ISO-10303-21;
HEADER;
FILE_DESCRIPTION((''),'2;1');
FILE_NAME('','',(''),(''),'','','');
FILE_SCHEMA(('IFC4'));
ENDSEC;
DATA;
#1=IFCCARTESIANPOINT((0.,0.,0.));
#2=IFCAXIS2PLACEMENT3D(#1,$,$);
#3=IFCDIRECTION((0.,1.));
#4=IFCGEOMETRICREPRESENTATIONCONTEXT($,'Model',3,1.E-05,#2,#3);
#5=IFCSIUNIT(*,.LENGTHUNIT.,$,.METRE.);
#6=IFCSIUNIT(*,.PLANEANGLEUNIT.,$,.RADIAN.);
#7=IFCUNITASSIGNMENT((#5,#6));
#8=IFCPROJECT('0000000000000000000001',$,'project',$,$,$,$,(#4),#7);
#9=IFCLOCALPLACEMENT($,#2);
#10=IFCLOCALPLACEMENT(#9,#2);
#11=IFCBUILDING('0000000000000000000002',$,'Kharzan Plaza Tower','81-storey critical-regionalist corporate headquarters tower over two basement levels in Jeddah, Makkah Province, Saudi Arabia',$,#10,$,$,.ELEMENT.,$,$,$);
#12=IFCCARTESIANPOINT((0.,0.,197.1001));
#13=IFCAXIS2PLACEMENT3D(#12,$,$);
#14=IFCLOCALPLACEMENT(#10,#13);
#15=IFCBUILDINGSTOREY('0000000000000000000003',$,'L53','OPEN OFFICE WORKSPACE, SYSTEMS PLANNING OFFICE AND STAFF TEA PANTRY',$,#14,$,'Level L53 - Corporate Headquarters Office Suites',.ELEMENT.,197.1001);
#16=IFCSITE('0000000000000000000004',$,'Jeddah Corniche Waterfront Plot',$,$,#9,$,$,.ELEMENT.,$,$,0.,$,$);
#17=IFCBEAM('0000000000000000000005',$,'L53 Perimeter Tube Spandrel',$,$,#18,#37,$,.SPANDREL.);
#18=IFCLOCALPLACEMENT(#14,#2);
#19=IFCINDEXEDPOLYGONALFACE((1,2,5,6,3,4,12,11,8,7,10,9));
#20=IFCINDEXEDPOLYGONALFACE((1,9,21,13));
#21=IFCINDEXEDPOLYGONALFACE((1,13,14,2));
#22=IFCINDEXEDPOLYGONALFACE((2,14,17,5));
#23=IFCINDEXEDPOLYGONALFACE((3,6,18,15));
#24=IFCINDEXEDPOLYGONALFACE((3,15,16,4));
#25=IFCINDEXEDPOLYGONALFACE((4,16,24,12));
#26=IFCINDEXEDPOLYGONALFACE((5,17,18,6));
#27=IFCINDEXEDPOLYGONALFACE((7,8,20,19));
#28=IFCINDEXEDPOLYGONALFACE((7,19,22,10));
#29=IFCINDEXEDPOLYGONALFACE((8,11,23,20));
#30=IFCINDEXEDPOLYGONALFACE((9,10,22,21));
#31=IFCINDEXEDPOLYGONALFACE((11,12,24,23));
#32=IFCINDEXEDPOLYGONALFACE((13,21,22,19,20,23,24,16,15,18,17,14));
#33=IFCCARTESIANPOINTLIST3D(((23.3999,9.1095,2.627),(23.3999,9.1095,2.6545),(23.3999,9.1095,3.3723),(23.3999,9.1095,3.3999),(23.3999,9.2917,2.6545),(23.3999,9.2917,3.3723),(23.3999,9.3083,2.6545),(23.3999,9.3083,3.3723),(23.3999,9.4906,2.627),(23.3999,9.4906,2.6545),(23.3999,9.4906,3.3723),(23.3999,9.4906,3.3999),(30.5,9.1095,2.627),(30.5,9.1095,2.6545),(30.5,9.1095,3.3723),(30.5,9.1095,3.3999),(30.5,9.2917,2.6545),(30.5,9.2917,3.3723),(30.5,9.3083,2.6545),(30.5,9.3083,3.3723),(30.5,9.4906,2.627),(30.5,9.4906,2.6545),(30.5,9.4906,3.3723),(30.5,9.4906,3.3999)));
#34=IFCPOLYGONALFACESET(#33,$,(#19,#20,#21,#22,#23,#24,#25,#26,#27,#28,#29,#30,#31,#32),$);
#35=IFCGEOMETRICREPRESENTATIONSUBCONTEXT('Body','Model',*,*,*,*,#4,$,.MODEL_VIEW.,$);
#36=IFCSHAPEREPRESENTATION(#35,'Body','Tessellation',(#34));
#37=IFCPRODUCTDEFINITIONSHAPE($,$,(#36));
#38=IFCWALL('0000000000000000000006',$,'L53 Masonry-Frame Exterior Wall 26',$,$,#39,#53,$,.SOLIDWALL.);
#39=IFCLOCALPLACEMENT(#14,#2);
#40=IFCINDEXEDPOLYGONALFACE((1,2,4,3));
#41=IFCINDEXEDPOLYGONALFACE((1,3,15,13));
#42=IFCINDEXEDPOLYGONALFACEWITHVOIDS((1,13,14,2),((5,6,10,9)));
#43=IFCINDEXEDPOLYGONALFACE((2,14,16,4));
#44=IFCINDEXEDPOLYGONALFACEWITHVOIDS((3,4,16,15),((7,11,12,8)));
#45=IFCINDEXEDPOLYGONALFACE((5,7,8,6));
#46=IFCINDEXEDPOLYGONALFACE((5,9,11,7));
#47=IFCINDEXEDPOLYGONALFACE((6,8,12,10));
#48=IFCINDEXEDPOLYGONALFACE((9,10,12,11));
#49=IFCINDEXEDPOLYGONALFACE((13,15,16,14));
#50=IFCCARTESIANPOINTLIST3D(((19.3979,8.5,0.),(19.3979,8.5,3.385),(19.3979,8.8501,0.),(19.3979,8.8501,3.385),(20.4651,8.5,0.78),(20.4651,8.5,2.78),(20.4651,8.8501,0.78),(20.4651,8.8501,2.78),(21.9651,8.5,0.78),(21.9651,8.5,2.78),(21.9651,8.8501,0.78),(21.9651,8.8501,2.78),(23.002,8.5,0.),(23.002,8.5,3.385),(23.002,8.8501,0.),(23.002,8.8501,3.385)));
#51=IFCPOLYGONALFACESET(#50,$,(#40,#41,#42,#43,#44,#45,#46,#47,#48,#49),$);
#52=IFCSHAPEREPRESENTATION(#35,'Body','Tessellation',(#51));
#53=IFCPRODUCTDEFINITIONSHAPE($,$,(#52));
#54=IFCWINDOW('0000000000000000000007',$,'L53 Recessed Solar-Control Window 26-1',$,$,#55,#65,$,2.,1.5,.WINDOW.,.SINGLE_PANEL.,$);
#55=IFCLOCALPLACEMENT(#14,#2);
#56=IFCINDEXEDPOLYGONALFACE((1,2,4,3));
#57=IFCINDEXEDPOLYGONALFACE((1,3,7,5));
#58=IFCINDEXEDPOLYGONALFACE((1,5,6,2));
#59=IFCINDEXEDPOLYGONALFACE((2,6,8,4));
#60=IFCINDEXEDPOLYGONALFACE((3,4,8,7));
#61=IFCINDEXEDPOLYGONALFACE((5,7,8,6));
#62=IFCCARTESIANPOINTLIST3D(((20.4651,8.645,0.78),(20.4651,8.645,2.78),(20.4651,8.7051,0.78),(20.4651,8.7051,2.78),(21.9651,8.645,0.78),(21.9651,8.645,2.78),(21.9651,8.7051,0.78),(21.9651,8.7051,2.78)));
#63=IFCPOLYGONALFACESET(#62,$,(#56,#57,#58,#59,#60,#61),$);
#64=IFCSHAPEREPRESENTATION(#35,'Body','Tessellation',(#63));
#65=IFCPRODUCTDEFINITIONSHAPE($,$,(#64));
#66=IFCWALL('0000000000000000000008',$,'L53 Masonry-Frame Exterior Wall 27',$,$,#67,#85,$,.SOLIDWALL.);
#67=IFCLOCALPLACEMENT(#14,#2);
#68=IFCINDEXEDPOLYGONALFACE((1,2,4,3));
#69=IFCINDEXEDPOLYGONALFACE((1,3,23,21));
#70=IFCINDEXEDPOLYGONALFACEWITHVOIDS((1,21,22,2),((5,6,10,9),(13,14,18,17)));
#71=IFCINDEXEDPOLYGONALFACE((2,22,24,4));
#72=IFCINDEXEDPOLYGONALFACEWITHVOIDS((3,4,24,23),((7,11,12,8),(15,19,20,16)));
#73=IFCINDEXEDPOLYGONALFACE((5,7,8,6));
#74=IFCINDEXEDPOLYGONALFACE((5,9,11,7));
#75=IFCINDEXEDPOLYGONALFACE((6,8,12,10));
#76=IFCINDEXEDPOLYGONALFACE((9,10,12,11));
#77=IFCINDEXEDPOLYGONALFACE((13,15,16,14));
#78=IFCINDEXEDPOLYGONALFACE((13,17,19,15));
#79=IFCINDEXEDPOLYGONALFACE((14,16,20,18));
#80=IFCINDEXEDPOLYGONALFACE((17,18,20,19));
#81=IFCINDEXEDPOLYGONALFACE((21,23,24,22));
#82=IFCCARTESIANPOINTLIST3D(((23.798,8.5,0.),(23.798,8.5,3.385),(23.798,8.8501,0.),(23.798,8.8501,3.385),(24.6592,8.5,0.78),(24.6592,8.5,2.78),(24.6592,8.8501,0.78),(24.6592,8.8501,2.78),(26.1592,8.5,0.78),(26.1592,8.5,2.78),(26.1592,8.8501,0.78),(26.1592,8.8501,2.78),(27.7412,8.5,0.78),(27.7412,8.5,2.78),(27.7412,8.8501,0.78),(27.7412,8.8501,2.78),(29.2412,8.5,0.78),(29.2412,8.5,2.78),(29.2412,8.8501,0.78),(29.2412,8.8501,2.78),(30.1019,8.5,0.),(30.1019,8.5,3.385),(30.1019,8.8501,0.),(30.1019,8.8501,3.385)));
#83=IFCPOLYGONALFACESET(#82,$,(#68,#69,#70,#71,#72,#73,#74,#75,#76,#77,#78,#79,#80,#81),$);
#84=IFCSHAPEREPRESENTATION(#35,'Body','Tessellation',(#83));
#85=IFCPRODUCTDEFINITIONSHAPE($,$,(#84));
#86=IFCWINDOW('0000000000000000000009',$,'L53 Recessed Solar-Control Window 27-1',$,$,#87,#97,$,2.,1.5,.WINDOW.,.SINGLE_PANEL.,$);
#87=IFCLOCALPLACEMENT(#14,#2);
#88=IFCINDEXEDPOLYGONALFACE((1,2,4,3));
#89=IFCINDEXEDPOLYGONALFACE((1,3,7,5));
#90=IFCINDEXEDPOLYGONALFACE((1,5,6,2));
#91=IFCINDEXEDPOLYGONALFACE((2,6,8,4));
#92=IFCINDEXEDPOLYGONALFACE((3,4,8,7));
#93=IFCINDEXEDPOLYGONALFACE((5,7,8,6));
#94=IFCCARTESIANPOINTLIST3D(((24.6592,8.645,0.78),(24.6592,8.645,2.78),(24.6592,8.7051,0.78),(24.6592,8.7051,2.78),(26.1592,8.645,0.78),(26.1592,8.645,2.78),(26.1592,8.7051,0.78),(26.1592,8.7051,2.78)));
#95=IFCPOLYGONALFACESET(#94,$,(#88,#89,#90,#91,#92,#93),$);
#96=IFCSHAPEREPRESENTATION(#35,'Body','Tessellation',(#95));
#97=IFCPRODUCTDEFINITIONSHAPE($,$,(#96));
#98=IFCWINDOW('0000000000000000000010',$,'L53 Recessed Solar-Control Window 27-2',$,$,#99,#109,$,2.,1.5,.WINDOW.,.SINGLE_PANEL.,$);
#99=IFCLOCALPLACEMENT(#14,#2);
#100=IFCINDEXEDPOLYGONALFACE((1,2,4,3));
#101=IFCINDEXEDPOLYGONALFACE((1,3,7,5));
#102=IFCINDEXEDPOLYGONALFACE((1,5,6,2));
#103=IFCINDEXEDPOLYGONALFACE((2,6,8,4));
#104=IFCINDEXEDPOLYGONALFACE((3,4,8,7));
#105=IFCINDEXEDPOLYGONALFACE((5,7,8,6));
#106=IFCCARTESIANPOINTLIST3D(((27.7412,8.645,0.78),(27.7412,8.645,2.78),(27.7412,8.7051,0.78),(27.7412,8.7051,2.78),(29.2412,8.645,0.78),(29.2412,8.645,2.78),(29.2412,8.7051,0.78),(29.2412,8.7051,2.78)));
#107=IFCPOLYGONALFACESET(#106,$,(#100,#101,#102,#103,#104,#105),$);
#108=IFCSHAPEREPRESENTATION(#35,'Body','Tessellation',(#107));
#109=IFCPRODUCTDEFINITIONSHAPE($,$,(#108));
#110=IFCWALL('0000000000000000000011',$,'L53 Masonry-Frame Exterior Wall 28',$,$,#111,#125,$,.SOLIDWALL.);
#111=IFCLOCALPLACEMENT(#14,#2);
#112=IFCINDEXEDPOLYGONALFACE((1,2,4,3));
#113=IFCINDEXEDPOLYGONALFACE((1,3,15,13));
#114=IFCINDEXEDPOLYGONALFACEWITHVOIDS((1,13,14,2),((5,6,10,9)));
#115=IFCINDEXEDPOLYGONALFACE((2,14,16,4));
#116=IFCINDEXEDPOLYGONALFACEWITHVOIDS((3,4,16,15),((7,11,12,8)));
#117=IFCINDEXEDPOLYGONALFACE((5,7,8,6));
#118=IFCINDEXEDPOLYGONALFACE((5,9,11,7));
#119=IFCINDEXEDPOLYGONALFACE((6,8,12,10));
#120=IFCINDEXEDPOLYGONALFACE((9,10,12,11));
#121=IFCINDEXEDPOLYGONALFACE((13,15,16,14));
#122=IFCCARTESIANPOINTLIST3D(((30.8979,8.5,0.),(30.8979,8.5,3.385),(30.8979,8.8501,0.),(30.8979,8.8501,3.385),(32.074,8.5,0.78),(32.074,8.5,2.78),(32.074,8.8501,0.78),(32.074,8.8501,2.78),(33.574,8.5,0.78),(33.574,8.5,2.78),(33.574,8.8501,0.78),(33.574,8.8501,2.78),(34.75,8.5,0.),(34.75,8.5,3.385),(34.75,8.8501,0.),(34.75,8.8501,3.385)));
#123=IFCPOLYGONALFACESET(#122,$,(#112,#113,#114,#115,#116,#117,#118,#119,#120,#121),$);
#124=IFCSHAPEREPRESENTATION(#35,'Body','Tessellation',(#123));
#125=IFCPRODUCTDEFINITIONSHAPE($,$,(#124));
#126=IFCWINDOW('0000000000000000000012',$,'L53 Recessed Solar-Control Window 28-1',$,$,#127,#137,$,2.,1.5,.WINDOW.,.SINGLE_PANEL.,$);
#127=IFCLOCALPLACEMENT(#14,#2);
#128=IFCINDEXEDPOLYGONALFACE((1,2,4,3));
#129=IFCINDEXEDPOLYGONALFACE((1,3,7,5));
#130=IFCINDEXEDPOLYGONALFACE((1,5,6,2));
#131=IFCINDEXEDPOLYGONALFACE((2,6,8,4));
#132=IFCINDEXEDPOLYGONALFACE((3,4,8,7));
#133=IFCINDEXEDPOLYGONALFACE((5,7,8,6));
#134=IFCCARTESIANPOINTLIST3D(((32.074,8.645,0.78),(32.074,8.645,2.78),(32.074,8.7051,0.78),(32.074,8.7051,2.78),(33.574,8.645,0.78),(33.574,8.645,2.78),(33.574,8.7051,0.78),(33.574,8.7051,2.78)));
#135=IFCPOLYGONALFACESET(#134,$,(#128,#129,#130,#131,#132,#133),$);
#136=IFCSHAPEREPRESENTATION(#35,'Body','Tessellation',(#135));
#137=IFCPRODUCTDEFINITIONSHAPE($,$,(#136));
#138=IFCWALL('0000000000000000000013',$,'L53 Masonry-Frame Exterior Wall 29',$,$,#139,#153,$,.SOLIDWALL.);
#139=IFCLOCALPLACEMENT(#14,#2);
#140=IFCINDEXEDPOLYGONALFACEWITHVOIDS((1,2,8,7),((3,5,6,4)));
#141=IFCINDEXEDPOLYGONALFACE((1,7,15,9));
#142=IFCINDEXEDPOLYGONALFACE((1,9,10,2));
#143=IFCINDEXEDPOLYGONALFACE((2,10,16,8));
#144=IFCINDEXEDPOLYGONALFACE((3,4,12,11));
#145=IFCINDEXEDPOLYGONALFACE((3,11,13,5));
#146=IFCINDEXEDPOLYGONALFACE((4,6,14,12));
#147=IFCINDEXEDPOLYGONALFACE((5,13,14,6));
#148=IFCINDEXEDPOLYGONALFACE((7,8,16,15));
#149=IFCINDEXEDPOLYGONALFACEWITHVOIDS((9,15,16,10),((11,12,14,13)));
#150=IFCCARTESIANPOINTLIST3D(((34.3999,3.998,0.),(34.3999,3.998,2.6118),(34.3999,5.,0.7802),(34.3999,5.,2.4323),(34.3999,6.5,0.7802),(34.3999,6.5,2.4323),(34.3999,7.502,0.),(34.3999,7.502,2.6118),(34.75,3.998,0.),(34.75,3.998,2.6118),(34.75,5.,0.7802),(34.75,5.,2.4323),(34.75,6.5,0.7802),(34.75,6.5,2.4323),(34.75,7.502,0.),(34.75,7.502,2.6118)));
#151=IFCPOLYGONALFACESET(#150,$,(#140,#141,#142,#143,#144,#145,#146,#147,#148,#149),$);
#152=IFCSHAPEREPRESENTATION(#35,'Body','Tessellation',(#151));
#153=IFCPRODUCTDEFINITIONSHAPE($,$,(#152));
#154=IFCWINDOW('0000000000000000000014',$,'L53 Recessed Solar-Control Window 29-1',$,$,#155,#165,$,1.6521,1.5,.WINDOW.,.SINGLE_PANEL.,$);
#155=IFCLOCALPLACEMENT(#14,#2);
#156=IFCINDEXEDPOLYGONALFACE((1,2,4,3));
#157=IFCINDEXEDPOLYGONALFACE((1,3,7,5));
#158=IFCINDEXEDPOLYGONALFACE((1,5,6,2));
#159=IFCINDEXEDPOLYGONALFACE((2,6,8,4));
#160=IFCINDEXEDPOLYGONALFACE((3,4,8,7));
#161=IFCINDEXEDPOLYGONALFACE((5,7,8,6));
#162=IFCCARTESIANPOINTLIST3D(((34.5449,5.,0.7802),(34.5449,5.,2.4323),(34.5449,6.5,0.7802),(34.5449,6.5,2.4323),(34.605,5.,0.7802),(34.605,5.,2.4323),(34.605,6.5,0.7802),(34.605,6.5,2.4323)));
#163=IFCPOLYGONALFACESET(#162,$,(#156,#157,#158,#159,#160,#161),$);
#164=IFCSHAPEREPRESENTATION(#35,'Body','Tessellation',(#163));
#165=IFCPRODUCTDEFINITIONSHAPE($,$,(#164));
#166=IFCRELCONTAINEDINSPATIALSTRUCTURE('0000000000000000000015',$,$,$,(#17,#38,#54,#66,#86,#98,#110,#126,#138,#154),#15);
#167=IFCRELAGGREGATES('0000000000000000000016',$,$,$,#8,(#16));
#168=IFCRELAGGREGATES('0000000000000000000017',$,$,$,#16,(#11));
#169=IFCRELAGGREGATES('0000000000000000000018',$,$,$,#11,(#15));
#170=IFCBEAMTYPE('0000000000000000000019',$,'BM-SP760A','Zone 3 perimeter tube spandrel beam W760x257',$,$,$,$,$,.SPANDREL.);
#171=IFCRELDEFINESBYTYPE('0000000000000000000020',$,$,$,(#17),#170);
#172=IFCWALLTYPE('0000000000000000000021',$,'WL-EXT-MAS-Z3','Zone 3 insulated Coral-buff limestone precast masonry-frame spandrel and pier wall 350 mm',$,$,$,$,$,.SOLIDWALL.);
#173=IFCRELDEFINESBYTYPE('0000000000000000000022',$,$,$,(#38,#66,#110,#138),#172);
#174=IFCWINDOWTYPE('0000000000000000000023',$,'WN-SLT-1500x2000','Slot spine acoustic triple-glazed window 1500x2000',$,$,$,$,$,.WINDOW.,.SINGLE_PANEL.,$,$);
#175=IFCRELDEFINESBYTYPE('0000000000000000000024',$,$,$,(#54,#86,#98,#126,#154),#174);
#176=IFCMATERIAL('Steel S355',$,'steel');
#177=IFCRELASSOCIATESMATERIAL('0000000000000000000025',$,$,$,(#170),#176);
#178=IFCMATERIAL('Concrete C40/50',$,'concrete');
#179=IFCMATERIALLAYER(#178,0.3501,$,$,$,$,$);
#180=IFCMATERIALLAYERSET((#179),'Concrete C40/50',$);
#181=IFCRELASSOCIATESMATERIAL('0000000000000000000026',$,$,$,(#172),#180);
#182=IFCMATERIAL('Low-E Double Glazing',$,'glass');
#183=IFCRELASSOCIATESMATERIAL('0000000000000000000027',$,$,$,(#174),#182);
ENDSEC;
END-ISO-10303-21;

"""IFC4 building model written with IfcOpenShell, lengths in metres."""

from ifc_helpers import new_model, si_unit, direction, frame, frame_2d, origin, origin_2d, place, context, subcontext, project, spatial, rectangle, i_section, extrude, source, transform, mapped, material, layer, layer_set, material_profile, profile_set, type_object, element, fill, save


model = new_model("IFC4")

# Units and contexts
model_context = context("Model", 3, precision=1e-05, world=origin(), true_north=direction((0.0, 1.0)))
body_context = subcontext(model_context, "Body", "Model", "MODEL_VIEW")
ifc_project = project(units=[si_unit("LENGTHUNIT", "METRE"), si_unit("PLANEANGLEUNIT", "RADIAN")], contexts=[model_context])

# Site, building, storey
site_placement = place(None, origin())
site = spatial("IfcSite", under=ifc_project, at=site_placement, Name="Jeddah Corniche Waterfront Plot", CompositionType="ELEMENT", RefElevation=0.0)
building_placement = place(site_placement, origin())
building = spatial("IfcBuilding", under=site, at=building_placement, Name="Kharzan Plaza Tower", Description="81-storey critical-regionalist corporate headquarters tower over two basement levels in Jeddah, Makkah Province, Saudi Arabia", CompositionType="ELEMENT")
storey_placement = place(building_placement, frame((0.0, 0.0, 197.1001)))
storey = spatial("IfcBuildingStorey", under=building, at=storey_placement, Name="L53", Description="OPEN OFFICE WORKSPACE, SYSTEMS PLANNING OFFICE AND STAFF TEA PANTRY", LongName="Level L53 - Corporate Headquarters Office Suites", CompositionType="ELEMENT", Elevation=197.1001)

# Beam
ifc_material_1 = material(Name="Steel S355", Category="steel")
ifc_material_profile_1 = material_profile(ifc_material_1, i_section(OverallWidth=0.3811, OverallDepth=0.7729, WebThickness=0.0166, FlangeThickness=0.0276, at=origin_2d()), Name="W760x257")
ifc_profile_set_1 = profile_set([ifc_material_profile_1], Name="Steel S355")
beam_type_1 = type_object("IfcBeamType", Name="BM-SP760A", Description="Zone 3 perimeter tube spandrel beam W760x257", PredefinedType="SPANDREL", material=ifc_profile_set_1)
shared_shape_1 = source(origin(), body_context, "Body", "SweptSolid", [
    extrude(i_section(OverallWidth=0.3811, OverallDepth=0.7729, WebThickness=0.0166, FlangeThickness=0.0276, at=origin_2d()), origin(), (0.0, 0.0, 1.0), 7.1001),
])
beam_placement = place(storey_placement, frame((23.3999, 9.3, 3.0134), z_axis=(1.0, 0.0, 0.0), x_axis=(0.0, 1.0, 0.0)))
element("IfcBeam", 1, at=beam_placement, inside=storey, type_object=beam_type_1, Name="L53 Perimeter Tube Spandrel", PredefinedType="SPANDREL", context=body_context, shape_type="MappedRepresentation", body=[
    mapped(shared_shape_1, transform((0.0, 0.0, 0.0), x_axis=(1.0, 0.0, 0.0), y_axis=(0.0, 1.0, 0.0), z_axis=(0.0, 0.0, 1.0))),
])

# Wall, opening, window
ifc_material_2 = material(Name="Concrete C40/50", Category="concrete")
ifc_layer_1 = layer(ifc_material_2, 0.3501)
ifc_layer_set_1 = layer_set([ifc_layer_1], Name="Concrete C40/50")
wall_type_1 = type_object("IfcWallType", Name="WL-EXT-MAS-Z3", Description="Zone 3 insulated Coral-buff limestone precast masonry-frame spandrel and pier wall 350 mm", PredefinedType="SOLIDWALL", material=ifc_layer_set_1)
wall_1_placement = place(storey_placement, frame((19.3979, 8.675, 0.0), z_axis=(0.0, 0.0, 1.0), x_axis=(1.0, 0.0, 0.0)))
wall_1 = element("IfcWall", 2, at=wall_1_placement, inside=storey, type_object=wall_type_1, Name="L53 Masonry-Frame Exterior Wall 26", PredefinedType="SOLIDWALL", context=body_context, shape_type="SweptSolid", body=[
    extrude(rectangle(XDim=3.604, YDim=0.3501, at=frame_2d((1.802, 0.0))), origin(), (0.0, 0.0, 1.0), 3.385),
])
opening_1_placement = place(wall_1_placement, frame((1.0671, 0.0, 0.78)))
opening_1 = element("IfcOpeningElement", 3, at=opening_1_placement, cuts=wall_1, PredefinedType="OPENING", context=body_context, shape_type="SweptSolid", body=[
    extrude(rectangle(XDim=1.5, YDim=2.0, at=frame_2d((0.75, 1.0))), frame((0.0, 0.1851, 0.0), z_axis=(0.0, -1.0, 0.0), x_axis=(1.0, 0.0, 0.0)), (0.0, 0.0, 1.0), 0.3701),
])
ifc_material_3 = material(Name="Low-E Double Glazing", Category="glass")
window_type = type_object("IfcWindowType", Name="WN-SLT-1500x2000", Description="Slot spine acoustic triple-glazed window 1500x2000", PartitioningType="SINGLE_PANEL", PredefinedType="WINDOW", material=ifc_material_3)
shared_shape_2 = source(origin(), body_context, "Body", "SweptSolid", [
    extrude(rectangle(XDim=1.5, YDim=2.0, at=frame_2d((0.75, 1.0))), frame((0.0, 0.03, 0.0), z_axis=(0.0, -1.0, 0.0), x_axis=(1.0, 0.0, 0.0)), (0.0, 0.0, 1.0), 0.0601),
])
window_1_placement = place(opening_1_placement, origin())
window_1 = element("IfcWindow", 4, at=window_1_placement, inside=storey, type_object=window_type, Name="L53 Recessed Solar-Control Window 26-1", OverallHeight=2.0, OverallWidth=1.5, PartitioningType="SINGLE_PANEL", PredefinedType="WINDOW", context=body_context, shape_type="MappedRepresentation", body=[
    mapped(shared_shape_2, transform((0.0, 0.0, 0.0), x_axis=(1.0, 0.0, 0.0), y_axis=(0.0, 1.0, 0.0), z_axis=(0.0, 0.0, 1.0))),
])
fill(opening_1, window_1)

# Wall, openings, windows
wall_2_placement = place(storey_placement, frame((23.7981, 8.675, 0.0), z_axis=(0.0, 0.0, 1.0), x_axis=(1.0, 0.0, 0.0)))
wall_2 = element("IfcWall", 5, at=wall_2_placement, inside=storey, type_object=wall_type_1, Name="L53 Masonry-Frame Exterior Wall 27", PredefinedType="SOLIDWALL", context=body_context, shape_type="SweptSolid", body=[
    extrude(rectangle(XDim=6.304, YDim=0.3501, at=frame_2d((3.1519, 0.0))), origin(), (0.0, 0.0, 1.0), 3.385),
])
opening_2_placement = place(wall_2_placement, frame((0.8611, 0.0, 0.78)))
opening_2 = element("IfcOpeningElement", 6, at=opening_2_placement, cuts=wall_2, PredefinedType="OPENING", context=body_context, shape_type="SweptSolid", body=[
    extrude(rectangle(XDim=1.5, YDim=2.0, at=frame_2d((0.75, 1.0))), frame((0.0, 0.1851, 0.0), z_axis=(0.0, -1.0, 0.0), x_axis=(1.0, 0.0, 0.0)), (0.0, 0.0, 1.0), 0.3701),
])
opening_3_placement = place(wall_2_placement, frame((3.9431, 0.0, 0.78)))
opening_3 = element("IfcOpeningElement", 7, at=opening_3_placement, cuts=wall_2, PredefinedType="OPENING", context=body_context, shape_type="SweptSolid", body=[
    extrude(rectangle(XDim=1.5, YDim=2.0, at=frame_2d((0.75, 1.0))), frame((0.0, 0.1851, 0.0), z_axis=(0.0, -1.0, 0.0), x_axis=(1.0, 0.0, 0.0)), (0.0, 0.0, 1.0), 0.3701),
])
window_2_placement = place(opening_2_placement, origin())
window_2 = element("IfcWindow", 8, at=window_2_placement, inside=storey, type_object=window_type, Name="L53 Recessed Solar-Control Window 27-1", OverallHeight=2.0, OverallWidth=1.5, PartitioningType="SINGLE_PANEL", PredefinedType="WINDOW", context=body_context, shape_type="MappedRepresentation", body=[
    mapped(shared_shape_2, transform((0.0, 0.0, 0.0), x_axis=(1.0, 0.0, 0.0), y_axis=(0.0, 1.0, 0.0), z_axis=(0.0, 0.0, 1.0))),
])
fill(opening_2, window_2)
window_3_placement = place(opening_3_placement, origin())
window_3 = element("IfcWindow", 9, at=window_3_placement, inside=storey, type_object=window_type, Name="L53 Recessed Solar-Control Window 27-2", OverallHeight=2.0, OverallWidth=1.5, PartitioningType="SINGLE_PANEL", PredefinedType="WINDOW", context=body_context, shape_type="MappedRepresentation", body=[
    mapped(shared_shape_2, transform((0.0, 0.0, 0.0), x_axis=(1.0, 0.0, 0.0), y_axis=(0.0, 1.0, 0.0), z_axis=(0.0, 0.0, 1.0))),
])
fill(opening_3, window_3)

# Walls, openings, windows
wall_3_placement = place(storey_placement, frame((30.8979, 8.675, 0.0), z_axis=(0.0, 0.0, 1.0), x_axis=(1.0, 0.0, 0.0)))
wall_3 = element("IfcWall", 10, at=wall_3_placement, inside=storey, type_object=wall_type_1, Name="L53 Masonry-Frame Exterior Wall 28", PredefinedType="SOLIDWALL", context=body_context, shape_type="SweptSolid", body=[
    extrude(rectangle(XDim=3.8521, YDim=0.3501, at=frame_2d((1.926, 0.0))), origin(), (0.0, 0.0, 1.0), 3.385),
])
opening_4_placement = place(wall_3_placement, frame((1.176, 0.0, 0.78)))
opening_4 = element("IfcOpeningElement", 11, at=opening_4_placement, cuts=wall_3, PredefinedType="OPENING", context=body_context, shape_type="SweptSolid", body=[
    extrude(rectangle(XDim=1.5, YDim=2.0, at=frame_2d((0.75, 1.0))), frame((0.0, 0.1851, 0.0), z_axis=(0.0, -1.0, 0.0), x_axis=(1.0, 0.0, 0.0)), (0.0, 0.0, 1.0), 0.3701),
])
window_4_placement = place(opening_4_placement, origin())
window_4 = element("IfcWindow", 12, at=window_4_placement, inside=storey, type_object=window_type, Name="L53 Recessed Solar-Control Window 28-1", OverallHeight=2.0, OverallWidth=1.5, PartitioningType="SINGLE_PANEL", PredefinedType="WINDOW", context=body_context, shape_type="MappedRepresentation", body=[
    mapped(shared_shape_2, transform((0.0, 0.0, 0.0), x_axis=(1.0, 0.0, 0.0), y_axis=(0.0, 1.0, 0.0), z_axis=(0.0, 0.0, 1.0))),
])
fill(opening_4, window_4)
wall_4_placement = place(storey_placement, frame((34.575, 7.502, 0.0), z_axis=(0.0, 0.0, 1.0), x_axis=(0.0, -1.0, 0.0)))
wall_4 = element("IfcWall", 13, at=wall_4_placement, inside=storey, type_object=wall_type_1, Name="L53 Masonry-Frame Exterior Wall 29", PredefinedType="SOLIDWALL", context=body_context, shape_type="SweptSolid", body=[
    extrude(rectangle(XDim=3.5039, YDim=0.3501, at=frame_2d((1.752, 0.0))), origin(), (0.0, 0.0, 1.0), 2.6118),
])
opening_5_placement = place(wall_4_placement, frame((1.002, 0.0, 0.78)))
opening_5 = element("IfcOpeningElement", 14, at=opening_5_placement, cuts=wall_4, PredefinedType="OPENING", context=body_context, shape_type="SweptSolid", body=[
    extrude(rectangle(XDim=1.5, YDim=1.6521, at=frame_2d((0.75, 0.8262))), frame((0.0, 0.1851, 0.0), z_axis=(0.0, -1.0, 0.0), x_axis=(1.0, 0.0, 0.0)), (0.0, 0.0, 1.0), 0.3701),
])
shared_shape_3 = source(origin(), body_context, "Body", "SweptSolid", [
    extrude(rectangle(XDim=1.5, YDim=1.6521, at=frame_2d((0.75, 0.8262))), frame((0.0, 0.03, 0.0), z_axis=(0.0, -1.0, 0.0), x_axis=(1.0, 0.0, 0.0)), (0.0, 0.0, 1.0), 0.0601),
])
window_5_placement = place(opening_5_placement, origin())
window_5 = element("IfcWindow", 15, at=window_5_placement, inside=storey, type_object=window_type, Name="L53 Recessed Solar-Control Window 29-1", OverallHeight=1.6521, OverallWidth=1.5, PartitioningType="SINGLE_PANEL", PredefinedType="WINDOW", context=body_context, shape_type="MappedRepresentation", body=[
    mapped(shared_shape_3, transform((0.0, 0.0, 0.0), x_axis=(1.0, 0.0, 0.0), y_axis=(0.0, 1.0, 0.0), z_axis=(0.0, 0.0, 1.0))),
])
fill(opening_5, window_5)

save(model, "model.ifc")
